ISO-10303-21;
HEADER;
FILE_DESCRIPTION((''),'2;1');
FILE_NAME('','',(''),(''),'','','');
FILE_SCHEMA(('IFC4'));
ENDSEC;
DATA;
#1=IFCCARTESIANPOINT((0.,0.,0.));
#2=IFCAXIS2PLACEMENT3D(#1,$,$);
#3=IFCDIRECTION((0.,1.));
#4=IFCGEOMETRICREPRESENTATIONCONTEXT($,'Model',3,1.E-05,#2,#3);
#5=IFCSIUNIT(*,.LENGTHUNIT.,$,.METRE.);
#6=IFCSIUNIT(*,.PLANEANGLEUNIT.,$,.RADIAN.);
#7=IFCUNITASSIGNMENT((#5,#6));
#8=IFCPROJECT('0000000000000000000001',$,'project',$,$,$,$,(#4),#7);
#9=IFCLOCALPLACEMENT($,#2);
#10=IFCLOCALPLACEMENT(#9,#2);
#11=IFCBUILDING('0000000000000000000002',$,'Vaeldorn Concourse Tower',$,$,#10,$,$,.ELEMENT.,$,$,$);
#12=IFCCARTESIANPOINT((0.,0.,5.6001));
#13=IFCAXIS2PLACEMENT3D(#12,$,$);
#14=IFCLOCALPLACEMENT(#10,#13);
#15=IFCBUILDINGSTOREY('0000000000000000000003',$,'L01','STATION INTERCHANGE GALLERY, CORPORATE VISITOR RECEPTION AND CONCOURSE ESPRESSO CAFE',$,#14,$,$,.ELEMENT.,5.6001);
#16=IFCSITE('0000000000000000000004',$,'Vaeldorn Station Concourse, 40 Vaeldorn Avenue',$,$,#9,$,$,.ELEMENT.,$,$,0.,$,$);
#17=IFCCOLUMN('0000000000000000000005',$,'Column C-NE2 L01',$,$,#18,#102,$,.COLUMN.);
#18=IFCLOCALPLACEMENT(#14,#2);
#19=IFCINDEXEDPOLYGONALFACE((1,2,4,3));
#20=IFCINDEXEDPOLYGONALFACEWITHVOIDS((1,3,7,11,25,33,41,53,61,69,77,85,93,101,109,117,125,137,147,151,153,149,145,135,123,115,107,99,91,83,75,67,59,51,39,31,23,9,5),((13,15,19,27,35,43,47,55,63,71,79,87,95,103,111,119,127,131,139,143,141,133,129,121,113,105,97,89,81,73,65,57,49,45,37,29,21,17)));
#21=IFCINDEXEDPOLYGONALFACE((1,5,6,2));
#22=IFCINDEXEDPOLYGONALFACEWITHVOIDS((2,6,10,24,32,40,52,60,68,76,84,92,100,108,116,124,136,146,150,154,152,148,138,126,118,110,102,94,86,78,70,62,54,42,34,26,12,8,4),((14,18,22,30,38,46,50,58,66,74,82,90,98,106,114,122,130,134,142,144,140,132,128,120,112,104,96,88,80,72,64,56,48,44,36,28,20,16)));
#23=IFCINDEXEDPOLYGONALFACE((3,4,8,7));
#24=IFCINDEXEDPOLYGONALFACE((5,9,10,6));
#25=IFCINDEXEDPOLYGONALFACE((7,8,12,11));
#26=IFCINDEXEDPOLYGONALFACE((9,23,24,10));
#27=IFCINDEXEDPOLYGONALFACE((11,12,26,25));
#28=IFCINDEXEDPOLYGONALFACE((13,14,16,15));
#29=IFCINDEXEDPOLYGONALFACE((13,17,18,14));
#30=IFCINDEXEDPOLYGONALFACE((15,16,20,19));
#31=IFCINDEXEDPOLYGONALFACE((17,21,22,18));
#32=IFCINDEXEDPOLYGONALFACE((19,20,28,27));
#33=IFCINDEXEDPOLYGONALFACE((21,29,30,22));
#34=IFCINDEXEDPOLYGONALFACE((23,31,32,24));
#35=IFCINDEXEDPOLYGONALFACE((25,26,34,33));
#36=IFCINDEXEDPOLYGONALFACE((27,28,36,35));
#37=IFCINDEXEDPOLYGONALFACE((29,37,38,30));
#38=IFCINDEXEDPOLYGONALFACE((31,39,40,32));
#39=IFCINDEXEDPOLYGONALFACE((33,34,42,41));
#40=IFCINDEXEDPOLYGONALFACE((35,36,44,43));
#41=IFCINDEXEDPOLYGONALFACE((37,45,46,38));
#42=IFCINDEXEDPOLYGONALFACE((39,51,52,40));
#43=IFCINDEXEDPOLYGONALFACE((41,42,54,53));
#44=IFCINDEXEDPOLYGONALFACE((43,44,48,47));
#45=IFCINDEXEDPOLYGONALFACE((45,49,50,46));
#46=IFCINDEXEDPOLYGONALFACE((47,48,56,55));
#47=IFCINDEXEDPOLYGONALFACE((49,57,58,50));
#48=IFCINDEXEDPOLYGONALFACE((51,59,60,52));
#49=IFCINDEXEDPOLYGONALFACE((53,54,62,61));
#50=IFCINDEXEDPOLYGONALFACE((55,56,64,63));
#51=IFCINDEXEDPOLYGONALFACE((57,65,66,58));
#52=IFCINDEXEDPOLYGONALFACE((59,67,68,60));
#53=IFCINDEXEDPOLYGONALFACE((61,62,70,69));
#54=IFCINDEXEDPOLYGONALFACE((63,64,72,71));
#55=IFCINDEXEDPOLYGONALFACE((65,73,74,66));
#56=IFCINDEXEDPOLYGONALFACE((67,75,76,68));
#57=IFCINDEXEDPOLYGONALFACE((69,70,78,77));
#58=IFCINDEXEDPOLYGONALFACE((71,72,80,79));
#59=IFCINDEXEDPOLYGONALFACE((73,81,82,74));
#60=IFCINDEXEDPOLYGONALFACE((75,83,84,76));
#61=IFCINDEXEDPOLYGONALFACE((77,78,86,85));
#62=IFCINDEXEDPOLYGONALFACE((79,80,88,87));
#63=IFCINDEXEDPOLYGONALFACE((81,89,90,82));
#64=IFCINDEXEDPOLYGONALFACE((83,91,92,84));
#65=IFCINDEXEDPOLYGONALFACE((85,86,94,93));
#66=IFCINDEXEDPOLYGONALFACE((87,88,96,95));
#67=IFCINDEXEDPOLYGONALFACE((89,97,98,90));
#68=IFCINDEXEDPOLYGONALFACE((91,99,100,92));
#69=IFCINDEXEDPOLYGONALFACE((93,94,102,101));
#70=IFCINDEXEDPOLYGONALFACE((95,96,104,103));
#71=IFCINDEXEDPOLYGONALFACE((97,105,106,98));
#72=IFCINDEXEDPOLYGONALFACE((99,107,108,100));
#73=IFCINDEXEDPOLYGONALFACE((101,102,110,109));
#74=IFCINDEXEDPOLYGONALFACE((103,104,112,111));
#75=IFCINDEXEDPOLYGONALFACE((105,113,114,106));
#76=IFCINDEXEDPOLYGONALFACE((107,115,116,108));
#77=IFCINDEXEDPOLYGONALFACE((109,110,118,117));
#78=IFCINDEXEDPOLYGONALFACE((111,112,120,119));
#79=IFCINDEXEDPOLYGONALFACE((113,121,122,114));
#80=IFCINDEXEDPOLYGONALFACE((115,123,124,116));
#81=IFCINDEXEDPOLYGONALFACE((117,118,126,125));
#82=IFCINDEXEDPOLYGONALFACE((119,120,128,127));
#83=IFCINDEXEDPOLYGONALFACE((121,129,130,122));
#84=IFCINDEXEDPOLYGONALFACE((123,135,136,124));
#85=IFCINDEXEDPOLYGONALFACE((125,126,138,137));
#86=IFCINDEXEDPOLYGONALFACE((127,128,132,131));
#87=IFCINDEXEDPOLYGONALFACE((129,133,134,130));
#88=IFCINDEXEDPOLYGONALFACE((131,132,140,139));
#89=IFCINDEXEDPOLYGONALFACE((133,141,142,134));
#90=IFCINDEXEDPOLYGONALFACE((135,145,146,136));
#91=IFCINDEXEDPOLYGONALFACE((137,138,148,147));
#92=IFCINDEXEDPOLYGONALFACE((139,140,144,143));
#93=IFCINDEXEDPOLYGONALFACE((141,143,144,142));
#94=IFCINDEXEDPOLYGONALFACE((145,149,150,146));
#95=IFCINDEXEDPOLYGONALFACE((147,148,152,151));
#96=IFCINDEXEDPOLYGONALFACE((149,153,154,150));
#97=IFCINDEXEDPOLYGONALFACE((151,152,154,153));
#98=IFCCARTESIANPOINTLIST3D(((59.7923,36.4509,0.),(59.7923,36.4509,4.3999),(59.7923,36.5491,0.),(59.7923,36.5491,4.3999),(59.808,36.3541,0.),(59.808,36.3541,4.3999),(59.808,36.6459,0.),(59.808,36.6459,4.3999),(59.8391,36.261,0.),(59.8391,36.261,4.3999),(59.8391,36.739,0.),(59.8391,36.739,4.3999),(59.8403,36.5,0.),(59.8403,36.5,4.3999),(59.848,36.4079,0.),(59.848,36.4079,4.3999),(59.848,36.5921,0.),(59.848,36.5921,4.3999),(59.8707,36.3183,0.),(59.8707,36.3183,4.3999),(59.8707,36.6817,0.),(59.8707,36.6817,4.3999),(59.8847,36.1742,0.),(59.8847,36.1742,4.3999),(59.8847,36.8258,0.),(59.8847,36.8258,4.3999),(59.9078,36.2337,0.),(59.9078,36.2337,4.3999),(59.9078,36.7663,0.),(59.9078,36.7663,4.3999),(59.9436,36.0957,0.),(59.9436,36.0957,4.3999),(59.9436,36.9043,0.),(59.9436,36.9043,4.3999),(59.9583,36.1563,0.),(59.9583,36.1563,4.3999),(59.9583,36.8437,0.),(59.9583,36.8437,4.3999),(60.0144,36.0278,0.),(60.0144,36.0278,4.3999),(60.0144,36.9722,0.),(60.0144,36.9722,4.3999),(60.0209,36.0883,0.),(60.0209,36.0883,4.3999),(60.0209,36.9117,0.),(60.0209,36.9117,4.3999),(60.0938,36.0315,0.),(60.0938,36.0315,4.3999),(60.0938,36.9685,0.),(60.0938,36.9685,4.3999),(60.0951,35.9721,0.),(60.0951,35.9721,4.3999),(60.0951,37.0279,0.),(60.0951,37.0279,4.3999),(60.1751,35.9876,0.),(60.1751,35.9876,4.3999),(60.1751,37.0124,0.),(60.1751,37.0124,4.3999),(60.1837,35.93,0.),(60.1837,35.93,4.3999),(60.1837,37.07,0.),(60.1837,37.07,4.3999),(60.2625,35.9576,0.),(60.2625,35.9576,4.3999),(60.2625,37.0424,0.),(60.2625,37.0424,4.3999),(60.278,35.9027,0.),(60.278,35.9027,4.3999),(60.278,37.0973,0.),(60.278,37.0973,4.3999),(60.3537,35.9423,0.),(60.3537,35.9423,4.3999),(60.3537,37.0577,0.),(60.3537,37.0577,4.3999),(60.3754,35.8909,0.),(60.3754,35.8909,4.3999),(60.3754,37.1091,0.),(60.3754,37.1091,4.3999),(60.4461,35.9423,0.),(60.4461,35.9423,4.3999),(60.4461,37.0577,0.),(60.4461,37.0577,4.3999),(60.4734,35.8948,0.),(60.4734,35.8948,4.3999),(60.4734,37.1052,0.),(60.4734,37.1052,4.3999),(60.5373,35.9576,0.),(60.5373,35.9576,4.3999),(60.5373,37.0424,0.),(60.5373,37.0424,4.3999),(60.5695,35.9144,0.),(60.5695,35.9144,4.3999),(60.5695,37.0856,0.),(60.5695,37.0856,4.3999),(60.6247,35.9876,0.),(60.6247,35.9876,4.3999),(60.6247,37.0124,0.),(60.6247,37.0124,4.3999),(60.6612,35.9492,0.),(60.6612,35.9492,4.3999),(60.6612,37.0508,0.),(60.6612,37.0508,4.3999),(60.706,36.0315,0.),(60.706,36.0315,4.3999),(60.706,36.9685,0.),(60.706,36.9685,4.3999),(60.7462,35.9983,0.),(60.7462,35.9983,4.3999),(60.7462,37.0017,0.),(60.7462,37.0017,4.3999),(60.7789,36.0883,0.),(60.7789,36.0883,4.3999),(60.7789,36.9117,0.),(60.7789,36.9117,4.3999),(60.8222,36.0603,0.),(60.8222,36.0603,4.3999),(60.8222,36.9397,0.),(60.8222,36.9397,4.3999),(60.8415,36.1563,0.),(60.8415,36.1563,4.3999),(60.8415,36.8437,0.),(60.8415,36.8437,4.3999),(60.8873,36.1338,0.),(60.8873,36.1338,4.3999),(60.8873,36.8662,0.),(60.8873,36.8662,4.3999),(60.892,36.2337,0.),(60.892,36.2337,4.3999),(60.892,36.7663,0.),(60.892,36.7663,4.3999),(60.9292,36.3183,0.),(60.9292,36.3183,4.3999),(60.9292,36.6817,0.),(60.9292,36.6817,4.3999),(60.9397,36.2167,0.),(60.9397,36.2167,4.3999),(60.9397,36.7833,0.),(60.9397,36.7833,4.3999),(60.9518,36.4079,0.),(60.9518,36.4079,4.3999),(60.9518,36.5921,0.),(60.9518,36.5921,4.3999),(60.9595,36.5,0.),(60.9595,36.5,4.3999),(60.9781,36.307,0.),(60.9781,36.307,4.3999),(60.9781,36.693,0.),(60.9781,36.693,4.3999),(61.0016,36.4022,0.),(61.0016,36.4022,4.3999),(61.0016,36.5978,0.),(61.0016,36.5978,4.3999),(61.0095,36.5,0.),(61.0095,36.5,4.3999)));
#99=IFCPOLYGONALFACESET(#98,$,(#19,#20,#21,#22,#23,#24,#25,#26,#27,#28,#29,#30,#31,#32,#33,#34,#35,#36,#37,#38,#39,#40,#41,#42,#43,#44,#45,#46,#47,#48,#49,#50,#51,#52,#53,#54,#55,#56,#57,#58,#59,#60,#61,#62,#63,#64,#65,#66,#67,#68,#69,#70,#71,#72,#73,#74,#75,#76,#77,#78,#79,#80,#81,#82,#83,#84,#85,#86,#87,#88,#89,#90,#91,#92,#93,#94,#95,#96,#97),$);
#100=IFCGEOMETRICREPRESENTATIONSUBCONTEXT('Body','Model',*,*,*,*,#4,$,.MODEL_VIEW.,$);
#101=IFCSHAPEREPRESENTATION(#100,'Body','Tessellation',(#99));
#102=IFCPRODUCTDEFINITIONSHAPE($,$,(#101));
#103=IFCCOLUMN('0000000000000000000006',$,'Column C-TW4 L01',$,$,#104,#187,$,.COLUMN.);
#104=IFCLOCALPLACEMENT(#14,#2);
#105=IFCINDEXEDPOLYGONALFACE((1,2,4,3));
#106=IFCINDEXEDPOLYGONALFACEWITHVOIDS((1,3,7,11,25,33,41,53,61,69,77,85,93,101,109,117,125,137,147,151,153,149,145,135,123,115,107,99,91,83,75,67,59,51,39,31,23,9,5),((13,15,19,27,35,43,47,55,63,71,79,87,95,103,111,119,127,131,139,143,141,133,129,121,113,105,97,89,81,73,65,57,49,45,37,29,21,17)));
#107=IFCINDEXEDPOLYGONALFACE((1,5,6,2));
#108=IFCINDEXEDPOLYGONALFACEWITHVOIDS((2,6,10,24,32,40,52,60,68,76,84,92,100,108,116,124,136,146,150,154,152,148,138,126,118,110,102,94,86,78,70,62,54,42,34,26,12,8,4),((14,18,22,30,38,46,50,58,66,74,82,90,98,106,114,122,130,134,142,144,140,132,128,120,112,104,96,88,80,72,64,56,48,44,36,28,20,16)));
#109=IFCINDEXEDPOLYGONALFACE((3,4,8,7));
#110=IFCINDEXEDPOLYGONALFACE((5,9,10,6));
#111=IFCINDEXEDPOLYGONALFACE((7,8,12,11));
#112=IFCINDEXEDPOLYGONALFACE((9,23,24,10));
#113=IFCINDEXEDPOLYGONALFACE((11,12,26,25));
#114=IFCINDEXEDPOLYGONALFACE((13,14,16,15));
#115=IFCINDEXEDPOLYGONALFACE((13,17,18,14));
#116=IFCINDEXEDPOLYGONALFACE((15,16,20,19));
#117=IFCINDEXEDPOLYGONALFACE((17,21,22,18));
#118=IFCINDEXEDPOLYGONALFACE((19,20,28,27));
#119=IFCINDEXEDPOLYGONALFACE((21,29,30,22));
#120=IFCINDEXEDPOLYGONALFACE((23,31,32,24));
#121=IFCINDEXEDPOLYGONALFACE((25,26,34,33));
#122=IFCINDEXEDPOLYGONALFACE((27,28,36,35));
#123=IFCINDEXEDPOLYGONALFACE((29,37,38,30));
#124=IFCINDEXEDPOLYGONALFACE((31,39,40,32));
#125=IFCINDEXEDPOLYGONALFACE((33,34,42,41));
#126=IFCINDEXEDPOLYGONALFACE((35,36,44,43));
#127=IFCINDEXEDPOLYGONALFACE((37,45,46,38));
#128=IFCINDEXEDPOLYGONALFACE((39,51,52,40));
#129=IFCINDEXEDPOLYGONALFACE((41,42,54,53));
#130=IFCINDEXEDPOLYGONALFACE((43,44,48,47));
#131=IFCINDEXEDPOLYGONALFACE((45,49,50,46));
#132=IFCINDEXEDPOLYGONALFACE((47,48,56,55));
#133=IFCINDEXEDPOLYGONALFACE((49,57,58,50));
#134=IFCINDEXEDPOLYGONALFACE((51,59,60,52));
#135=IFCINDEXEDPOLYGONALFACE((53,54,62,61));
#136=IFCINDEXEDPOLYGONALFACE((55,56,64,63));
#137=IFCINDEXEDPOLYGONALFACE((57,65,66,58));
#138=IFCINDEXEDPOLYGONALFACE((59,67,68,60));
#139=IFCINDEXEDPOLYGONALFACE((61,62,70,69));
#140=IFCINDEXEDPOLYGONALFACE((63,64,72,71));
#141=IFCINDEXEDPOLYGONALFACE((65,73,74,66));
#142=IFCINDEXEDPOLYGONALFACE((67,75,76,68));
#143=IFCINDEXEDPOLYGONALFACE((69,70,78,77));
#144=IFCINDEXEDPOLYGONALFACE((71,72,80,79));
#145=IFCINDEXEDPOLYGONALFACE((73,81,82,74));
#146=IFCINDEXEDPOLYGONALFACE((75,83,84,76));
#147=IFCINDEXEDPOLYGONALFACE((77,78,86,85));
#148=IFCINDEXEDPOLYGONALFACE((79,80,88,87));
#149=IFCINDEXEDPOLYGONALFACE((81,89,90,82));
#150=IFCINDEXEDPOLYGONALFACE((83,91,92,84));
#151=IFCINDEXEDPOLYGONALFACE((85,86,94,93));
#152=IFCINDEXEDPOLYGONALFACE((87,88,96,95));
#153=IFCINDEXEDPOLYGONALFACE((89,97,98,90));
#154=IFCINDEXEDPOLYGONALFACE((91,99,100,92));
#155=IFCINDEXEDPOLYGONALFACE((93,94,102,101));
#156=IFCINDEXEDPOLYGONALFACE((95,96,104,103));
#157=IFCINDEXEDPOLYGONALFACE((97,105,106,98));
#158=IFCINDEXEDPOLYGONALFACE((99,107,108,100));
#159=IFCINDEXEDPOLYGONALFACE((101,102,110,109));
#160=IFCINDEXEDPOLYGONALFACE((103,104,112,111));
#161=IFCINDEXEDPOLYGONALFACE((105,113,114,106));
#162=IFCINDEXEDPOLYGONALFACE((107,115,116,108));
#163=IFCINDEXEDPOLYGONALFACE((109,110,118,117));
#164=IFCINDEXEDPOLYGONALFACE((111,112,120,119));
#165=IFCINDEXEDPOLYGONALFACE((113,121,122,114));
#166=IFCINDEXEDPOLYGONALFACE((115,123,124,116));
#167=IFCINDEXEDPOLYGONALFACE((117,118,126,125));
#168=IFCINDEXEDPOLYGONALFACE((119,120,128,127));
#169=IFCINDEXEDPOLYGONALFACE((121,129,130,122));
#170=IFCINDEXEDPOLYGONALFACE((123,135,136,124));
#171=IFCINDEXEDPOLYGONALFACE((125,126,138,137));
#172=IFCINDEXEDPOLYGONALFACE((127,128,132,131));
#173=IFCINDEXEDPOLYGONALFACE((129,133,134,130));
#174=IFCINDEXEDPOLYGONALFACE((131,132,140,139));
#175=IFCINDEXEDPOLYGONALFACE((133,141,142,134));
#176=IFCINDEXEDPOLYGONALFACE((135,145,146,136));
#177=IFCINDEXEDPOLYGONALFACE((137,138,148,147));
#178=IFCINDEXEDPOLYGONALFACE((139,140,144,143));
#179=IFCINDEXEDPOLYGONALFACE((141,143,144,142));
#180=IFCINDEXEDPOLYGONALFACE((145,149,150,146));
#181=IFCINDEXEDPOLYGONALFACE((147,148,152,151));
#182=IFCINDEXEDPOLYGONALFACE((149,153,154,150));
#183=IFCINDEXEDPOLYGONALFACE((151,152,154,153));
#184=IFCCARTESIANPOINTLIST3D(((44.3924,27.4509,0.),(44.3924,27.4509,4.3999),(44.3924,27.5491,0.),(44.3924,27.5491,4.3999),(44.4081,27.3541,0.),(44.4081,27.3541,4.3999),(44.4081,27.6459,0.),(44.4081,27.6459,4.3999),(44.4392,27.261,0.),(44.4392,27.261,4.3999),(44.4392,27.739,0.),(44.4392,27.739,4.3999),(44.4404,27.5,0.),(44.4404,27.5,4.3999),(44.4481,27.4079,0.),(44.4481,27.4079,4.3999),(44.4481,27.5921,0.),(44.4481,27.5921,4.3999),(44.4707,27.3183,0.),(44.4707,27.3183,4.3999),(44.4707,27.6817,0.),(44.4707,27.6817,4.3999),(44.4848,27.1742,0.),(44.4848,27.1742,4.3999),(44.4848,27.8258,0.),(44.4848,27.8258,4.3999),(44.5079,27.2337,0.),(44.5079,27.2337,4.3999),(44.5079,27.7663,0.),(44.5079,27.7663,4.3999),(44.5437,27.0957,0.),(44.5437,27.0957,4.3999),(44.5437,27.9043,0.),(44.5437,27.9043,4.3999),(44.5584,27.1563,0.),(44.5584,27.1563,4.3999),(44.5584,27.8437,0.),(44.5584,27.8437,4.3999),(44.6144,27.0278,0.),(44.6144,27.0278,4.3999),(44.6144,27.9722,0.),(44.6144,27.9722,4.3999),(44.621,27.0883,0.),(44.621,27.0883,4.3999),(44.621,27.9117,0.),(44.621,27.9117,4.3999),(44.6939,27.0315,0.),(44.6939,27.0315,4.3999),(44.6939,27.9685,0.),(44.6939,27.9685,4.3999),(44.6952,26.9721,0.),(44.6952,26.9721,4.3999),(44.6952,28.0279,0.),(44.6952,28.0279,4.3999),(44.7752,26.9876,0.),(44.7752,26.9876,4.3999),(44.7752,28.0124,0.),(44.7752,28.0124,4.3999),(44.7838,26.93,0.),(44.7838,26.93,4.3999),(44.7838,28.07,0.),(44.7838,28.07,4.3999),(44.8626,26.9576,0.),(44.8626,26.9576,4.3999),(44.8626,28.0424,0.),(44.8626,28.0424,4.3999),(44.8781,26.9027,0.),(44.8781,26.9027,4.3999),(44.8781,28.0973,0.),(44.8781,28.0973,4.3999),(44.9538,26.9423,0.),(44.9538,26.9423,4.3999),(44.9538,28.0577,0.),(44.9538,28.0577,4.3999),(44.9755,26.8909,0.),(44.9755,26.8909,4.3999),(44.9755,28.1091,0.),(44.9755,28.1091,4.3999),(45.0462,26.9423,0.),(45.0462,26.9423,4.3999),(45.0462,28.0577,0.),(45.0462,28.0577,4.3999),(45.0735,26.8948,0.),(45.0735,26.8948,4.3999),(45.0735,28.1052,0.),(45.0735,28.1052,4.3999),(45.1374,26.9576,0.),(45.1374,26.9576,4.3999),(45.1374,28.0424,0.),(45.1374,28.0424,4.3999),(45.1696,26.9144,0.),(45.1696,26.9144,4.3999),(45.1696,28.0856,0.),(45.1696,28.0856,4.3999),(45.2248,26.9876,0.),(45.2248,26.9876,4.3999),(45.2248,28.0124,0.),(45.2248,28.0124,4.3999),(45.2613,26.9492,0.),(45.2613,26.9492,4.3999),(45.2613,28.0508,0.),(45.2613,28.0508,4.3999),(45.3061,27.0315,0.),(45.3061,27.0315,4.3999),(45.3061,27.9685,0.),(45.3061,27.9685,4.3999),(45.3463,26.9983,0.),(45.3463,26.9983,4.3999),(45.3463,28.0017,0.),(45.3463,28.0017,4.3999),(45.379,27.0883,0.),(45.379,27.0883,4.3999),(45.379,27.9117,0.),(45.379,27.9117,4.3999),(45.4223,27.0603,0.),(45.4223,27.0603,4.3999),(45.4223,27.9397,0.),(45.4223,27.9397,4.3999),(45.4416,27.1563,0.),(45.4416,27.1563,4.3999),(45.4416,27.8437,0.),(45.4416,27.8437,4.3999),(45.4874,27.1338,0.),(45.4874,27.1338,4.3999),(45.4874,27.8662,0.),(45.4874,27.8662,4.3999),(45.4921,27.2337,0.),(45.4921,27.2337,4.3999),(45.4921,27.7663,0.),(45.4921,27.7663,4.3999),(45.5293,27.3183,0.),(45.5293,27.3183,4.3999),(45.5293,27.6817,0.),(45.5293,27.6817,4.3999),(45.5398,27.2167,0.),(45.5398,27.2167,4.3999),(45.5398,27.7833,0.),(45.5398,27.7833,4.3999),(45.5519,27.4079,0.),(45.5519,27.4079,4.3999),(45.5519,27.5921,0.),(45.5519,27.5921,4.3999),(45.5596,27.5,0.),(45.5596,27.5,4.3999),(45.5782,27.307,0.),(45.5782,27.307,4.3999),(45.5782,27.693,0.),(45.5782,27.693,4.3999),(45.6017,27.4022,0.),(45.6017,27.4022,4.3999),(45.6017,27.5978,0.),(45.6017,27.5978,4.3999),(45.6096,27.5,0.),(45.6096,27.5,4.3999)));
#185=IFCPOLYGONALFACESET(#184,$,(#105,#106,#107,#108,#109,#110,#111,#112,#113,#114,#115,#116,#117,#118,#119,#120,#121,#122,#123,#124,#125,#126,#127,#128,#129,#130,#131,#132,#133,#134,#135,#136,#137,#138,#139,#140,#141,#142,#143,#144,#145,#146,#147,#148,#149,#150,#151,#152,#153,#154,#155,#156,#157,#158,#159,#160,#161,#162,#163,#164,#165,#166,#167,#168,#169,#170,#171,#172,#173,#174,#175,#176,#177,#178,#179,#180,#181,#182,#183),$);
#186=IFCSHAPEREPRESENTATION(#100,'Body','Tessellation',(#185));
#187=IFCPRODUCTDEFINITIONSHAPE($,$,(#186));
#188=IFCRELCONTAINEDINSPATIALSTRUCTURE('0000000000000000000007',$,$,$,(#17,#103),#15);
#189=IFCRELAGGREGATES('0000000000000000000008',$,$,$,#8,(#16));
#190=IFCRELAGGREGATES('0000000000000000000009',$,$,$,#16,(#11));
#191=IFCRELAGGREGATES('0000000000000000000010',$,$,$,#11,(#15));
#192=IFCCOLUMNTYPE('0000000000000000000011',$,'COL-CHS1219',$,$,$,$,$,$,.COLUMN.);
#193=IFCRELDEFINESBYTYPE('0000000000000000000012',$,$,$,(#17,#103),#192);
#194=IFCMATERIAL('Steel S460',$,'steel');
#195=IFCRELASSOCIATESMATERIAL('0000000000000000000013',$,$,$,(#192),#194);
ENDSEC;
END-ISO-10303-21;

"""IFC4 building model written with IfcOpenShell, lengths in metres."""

from ifc_helpers import new_model, si_unit, direction, frame, origin, origin_2d, place, context, subcontext, project, spatial, hollow_circle, extrude, source, transform, mapped, material, material_profile, profile_set, type_object, element, save


model = new_model("IFC4")

# Units and contexts
model_context = context("Model", 3, precision=1e-05, world=origin(), true_north=direction((0.0, 1.0)))
body_context = subcontext(model_context, "Body", "Model", "MODEL_VIEW")
ifc_project = project(units=[si_unit("LENGTHUNIT", "METRE"), si_unit("PLANEANGLEUNIT", "RADIAN")], contexts=[model_context])

# Site, building, storey
site_placement = place(None, origin())
site = spatial("IfcSite", under=ifc_project, at=site_placement, Name="Vaeldorn Station Concourse, 40 Vaeldorn Avenue", CompositionType="ELEMENT", RefElevation=0.0)
building_placement = place(site_placement, origin())
building = spatial("IfcBuilding", under=site, at=building_placement, Name="Vaeldorn Concourse Tower", CompositionType="ELEMENT")
storey_placement = place(building_placement, frame((0.0, 0.0, 5.6001)))
storey = spatial("IfcBuildingStorey", under=building, at=storey_placement, Name="L01", Description="STATION INTERCHANGE GALLERY, CORPORATE VISITOR RECEPTION AND CONCOURSE ESPRESSO CAFE", CompositionType="ELEMENT", Elevation=5.6001)

# Columns
ifc_material_1 = material(Name="Steel S460", Category="steel")
ifc_material_profile_1 = material_profile(ifc_material_1, hollow_circle(Radius=0.6096, WallThickness=0.05, at=origin_2d()), Name="CHS 1219x50")
ifc_profile_set_1 = profile_set([ifc_material_profile_1], Name="Steel S460")
column_type_1 = type_object("IfcColumnType", Name="COL-CHS1219", PredefinedType="COLUMN", material=ifc_profile_set_1)
shared_shape_1 = source(origin(), body_context, "Body", "SweptSolid", [
    extrude(hollow_circle(Radius=0.6096, WallThickness=0.05, at=origin_2d()), origin(), (0.0, 0.0, 1.0), 4.3999),
])
for number, where, z_axis, x_axis, name in (
    (1, (60.3999, 36.5, 0.0), (0.0, 0.0, 1.0), (1.0, 0.0, 0.0), "Column C-NE2 L01"),
    (2, (45.0, 27.5, 0.0), (0.0, 0.0, 1.0), (1.0, 0.0, 0.0), "Column C-TW4 L01"),
):
    element("IfcColumn", number, at=place(storey_placement, frame(where, z_axis=z_axis, x_axis=x_axis)), inside=storey, type_object=column_type_1, Name=name, PredefinedType="COLUMN", context=body_context, shape_type="MappedRepresentation", body=[
        mapped(shared_shape_1, transform((0.0, 0.0, 0.0), scale=1.0)),
    ])

save(model, "model.ifc")
